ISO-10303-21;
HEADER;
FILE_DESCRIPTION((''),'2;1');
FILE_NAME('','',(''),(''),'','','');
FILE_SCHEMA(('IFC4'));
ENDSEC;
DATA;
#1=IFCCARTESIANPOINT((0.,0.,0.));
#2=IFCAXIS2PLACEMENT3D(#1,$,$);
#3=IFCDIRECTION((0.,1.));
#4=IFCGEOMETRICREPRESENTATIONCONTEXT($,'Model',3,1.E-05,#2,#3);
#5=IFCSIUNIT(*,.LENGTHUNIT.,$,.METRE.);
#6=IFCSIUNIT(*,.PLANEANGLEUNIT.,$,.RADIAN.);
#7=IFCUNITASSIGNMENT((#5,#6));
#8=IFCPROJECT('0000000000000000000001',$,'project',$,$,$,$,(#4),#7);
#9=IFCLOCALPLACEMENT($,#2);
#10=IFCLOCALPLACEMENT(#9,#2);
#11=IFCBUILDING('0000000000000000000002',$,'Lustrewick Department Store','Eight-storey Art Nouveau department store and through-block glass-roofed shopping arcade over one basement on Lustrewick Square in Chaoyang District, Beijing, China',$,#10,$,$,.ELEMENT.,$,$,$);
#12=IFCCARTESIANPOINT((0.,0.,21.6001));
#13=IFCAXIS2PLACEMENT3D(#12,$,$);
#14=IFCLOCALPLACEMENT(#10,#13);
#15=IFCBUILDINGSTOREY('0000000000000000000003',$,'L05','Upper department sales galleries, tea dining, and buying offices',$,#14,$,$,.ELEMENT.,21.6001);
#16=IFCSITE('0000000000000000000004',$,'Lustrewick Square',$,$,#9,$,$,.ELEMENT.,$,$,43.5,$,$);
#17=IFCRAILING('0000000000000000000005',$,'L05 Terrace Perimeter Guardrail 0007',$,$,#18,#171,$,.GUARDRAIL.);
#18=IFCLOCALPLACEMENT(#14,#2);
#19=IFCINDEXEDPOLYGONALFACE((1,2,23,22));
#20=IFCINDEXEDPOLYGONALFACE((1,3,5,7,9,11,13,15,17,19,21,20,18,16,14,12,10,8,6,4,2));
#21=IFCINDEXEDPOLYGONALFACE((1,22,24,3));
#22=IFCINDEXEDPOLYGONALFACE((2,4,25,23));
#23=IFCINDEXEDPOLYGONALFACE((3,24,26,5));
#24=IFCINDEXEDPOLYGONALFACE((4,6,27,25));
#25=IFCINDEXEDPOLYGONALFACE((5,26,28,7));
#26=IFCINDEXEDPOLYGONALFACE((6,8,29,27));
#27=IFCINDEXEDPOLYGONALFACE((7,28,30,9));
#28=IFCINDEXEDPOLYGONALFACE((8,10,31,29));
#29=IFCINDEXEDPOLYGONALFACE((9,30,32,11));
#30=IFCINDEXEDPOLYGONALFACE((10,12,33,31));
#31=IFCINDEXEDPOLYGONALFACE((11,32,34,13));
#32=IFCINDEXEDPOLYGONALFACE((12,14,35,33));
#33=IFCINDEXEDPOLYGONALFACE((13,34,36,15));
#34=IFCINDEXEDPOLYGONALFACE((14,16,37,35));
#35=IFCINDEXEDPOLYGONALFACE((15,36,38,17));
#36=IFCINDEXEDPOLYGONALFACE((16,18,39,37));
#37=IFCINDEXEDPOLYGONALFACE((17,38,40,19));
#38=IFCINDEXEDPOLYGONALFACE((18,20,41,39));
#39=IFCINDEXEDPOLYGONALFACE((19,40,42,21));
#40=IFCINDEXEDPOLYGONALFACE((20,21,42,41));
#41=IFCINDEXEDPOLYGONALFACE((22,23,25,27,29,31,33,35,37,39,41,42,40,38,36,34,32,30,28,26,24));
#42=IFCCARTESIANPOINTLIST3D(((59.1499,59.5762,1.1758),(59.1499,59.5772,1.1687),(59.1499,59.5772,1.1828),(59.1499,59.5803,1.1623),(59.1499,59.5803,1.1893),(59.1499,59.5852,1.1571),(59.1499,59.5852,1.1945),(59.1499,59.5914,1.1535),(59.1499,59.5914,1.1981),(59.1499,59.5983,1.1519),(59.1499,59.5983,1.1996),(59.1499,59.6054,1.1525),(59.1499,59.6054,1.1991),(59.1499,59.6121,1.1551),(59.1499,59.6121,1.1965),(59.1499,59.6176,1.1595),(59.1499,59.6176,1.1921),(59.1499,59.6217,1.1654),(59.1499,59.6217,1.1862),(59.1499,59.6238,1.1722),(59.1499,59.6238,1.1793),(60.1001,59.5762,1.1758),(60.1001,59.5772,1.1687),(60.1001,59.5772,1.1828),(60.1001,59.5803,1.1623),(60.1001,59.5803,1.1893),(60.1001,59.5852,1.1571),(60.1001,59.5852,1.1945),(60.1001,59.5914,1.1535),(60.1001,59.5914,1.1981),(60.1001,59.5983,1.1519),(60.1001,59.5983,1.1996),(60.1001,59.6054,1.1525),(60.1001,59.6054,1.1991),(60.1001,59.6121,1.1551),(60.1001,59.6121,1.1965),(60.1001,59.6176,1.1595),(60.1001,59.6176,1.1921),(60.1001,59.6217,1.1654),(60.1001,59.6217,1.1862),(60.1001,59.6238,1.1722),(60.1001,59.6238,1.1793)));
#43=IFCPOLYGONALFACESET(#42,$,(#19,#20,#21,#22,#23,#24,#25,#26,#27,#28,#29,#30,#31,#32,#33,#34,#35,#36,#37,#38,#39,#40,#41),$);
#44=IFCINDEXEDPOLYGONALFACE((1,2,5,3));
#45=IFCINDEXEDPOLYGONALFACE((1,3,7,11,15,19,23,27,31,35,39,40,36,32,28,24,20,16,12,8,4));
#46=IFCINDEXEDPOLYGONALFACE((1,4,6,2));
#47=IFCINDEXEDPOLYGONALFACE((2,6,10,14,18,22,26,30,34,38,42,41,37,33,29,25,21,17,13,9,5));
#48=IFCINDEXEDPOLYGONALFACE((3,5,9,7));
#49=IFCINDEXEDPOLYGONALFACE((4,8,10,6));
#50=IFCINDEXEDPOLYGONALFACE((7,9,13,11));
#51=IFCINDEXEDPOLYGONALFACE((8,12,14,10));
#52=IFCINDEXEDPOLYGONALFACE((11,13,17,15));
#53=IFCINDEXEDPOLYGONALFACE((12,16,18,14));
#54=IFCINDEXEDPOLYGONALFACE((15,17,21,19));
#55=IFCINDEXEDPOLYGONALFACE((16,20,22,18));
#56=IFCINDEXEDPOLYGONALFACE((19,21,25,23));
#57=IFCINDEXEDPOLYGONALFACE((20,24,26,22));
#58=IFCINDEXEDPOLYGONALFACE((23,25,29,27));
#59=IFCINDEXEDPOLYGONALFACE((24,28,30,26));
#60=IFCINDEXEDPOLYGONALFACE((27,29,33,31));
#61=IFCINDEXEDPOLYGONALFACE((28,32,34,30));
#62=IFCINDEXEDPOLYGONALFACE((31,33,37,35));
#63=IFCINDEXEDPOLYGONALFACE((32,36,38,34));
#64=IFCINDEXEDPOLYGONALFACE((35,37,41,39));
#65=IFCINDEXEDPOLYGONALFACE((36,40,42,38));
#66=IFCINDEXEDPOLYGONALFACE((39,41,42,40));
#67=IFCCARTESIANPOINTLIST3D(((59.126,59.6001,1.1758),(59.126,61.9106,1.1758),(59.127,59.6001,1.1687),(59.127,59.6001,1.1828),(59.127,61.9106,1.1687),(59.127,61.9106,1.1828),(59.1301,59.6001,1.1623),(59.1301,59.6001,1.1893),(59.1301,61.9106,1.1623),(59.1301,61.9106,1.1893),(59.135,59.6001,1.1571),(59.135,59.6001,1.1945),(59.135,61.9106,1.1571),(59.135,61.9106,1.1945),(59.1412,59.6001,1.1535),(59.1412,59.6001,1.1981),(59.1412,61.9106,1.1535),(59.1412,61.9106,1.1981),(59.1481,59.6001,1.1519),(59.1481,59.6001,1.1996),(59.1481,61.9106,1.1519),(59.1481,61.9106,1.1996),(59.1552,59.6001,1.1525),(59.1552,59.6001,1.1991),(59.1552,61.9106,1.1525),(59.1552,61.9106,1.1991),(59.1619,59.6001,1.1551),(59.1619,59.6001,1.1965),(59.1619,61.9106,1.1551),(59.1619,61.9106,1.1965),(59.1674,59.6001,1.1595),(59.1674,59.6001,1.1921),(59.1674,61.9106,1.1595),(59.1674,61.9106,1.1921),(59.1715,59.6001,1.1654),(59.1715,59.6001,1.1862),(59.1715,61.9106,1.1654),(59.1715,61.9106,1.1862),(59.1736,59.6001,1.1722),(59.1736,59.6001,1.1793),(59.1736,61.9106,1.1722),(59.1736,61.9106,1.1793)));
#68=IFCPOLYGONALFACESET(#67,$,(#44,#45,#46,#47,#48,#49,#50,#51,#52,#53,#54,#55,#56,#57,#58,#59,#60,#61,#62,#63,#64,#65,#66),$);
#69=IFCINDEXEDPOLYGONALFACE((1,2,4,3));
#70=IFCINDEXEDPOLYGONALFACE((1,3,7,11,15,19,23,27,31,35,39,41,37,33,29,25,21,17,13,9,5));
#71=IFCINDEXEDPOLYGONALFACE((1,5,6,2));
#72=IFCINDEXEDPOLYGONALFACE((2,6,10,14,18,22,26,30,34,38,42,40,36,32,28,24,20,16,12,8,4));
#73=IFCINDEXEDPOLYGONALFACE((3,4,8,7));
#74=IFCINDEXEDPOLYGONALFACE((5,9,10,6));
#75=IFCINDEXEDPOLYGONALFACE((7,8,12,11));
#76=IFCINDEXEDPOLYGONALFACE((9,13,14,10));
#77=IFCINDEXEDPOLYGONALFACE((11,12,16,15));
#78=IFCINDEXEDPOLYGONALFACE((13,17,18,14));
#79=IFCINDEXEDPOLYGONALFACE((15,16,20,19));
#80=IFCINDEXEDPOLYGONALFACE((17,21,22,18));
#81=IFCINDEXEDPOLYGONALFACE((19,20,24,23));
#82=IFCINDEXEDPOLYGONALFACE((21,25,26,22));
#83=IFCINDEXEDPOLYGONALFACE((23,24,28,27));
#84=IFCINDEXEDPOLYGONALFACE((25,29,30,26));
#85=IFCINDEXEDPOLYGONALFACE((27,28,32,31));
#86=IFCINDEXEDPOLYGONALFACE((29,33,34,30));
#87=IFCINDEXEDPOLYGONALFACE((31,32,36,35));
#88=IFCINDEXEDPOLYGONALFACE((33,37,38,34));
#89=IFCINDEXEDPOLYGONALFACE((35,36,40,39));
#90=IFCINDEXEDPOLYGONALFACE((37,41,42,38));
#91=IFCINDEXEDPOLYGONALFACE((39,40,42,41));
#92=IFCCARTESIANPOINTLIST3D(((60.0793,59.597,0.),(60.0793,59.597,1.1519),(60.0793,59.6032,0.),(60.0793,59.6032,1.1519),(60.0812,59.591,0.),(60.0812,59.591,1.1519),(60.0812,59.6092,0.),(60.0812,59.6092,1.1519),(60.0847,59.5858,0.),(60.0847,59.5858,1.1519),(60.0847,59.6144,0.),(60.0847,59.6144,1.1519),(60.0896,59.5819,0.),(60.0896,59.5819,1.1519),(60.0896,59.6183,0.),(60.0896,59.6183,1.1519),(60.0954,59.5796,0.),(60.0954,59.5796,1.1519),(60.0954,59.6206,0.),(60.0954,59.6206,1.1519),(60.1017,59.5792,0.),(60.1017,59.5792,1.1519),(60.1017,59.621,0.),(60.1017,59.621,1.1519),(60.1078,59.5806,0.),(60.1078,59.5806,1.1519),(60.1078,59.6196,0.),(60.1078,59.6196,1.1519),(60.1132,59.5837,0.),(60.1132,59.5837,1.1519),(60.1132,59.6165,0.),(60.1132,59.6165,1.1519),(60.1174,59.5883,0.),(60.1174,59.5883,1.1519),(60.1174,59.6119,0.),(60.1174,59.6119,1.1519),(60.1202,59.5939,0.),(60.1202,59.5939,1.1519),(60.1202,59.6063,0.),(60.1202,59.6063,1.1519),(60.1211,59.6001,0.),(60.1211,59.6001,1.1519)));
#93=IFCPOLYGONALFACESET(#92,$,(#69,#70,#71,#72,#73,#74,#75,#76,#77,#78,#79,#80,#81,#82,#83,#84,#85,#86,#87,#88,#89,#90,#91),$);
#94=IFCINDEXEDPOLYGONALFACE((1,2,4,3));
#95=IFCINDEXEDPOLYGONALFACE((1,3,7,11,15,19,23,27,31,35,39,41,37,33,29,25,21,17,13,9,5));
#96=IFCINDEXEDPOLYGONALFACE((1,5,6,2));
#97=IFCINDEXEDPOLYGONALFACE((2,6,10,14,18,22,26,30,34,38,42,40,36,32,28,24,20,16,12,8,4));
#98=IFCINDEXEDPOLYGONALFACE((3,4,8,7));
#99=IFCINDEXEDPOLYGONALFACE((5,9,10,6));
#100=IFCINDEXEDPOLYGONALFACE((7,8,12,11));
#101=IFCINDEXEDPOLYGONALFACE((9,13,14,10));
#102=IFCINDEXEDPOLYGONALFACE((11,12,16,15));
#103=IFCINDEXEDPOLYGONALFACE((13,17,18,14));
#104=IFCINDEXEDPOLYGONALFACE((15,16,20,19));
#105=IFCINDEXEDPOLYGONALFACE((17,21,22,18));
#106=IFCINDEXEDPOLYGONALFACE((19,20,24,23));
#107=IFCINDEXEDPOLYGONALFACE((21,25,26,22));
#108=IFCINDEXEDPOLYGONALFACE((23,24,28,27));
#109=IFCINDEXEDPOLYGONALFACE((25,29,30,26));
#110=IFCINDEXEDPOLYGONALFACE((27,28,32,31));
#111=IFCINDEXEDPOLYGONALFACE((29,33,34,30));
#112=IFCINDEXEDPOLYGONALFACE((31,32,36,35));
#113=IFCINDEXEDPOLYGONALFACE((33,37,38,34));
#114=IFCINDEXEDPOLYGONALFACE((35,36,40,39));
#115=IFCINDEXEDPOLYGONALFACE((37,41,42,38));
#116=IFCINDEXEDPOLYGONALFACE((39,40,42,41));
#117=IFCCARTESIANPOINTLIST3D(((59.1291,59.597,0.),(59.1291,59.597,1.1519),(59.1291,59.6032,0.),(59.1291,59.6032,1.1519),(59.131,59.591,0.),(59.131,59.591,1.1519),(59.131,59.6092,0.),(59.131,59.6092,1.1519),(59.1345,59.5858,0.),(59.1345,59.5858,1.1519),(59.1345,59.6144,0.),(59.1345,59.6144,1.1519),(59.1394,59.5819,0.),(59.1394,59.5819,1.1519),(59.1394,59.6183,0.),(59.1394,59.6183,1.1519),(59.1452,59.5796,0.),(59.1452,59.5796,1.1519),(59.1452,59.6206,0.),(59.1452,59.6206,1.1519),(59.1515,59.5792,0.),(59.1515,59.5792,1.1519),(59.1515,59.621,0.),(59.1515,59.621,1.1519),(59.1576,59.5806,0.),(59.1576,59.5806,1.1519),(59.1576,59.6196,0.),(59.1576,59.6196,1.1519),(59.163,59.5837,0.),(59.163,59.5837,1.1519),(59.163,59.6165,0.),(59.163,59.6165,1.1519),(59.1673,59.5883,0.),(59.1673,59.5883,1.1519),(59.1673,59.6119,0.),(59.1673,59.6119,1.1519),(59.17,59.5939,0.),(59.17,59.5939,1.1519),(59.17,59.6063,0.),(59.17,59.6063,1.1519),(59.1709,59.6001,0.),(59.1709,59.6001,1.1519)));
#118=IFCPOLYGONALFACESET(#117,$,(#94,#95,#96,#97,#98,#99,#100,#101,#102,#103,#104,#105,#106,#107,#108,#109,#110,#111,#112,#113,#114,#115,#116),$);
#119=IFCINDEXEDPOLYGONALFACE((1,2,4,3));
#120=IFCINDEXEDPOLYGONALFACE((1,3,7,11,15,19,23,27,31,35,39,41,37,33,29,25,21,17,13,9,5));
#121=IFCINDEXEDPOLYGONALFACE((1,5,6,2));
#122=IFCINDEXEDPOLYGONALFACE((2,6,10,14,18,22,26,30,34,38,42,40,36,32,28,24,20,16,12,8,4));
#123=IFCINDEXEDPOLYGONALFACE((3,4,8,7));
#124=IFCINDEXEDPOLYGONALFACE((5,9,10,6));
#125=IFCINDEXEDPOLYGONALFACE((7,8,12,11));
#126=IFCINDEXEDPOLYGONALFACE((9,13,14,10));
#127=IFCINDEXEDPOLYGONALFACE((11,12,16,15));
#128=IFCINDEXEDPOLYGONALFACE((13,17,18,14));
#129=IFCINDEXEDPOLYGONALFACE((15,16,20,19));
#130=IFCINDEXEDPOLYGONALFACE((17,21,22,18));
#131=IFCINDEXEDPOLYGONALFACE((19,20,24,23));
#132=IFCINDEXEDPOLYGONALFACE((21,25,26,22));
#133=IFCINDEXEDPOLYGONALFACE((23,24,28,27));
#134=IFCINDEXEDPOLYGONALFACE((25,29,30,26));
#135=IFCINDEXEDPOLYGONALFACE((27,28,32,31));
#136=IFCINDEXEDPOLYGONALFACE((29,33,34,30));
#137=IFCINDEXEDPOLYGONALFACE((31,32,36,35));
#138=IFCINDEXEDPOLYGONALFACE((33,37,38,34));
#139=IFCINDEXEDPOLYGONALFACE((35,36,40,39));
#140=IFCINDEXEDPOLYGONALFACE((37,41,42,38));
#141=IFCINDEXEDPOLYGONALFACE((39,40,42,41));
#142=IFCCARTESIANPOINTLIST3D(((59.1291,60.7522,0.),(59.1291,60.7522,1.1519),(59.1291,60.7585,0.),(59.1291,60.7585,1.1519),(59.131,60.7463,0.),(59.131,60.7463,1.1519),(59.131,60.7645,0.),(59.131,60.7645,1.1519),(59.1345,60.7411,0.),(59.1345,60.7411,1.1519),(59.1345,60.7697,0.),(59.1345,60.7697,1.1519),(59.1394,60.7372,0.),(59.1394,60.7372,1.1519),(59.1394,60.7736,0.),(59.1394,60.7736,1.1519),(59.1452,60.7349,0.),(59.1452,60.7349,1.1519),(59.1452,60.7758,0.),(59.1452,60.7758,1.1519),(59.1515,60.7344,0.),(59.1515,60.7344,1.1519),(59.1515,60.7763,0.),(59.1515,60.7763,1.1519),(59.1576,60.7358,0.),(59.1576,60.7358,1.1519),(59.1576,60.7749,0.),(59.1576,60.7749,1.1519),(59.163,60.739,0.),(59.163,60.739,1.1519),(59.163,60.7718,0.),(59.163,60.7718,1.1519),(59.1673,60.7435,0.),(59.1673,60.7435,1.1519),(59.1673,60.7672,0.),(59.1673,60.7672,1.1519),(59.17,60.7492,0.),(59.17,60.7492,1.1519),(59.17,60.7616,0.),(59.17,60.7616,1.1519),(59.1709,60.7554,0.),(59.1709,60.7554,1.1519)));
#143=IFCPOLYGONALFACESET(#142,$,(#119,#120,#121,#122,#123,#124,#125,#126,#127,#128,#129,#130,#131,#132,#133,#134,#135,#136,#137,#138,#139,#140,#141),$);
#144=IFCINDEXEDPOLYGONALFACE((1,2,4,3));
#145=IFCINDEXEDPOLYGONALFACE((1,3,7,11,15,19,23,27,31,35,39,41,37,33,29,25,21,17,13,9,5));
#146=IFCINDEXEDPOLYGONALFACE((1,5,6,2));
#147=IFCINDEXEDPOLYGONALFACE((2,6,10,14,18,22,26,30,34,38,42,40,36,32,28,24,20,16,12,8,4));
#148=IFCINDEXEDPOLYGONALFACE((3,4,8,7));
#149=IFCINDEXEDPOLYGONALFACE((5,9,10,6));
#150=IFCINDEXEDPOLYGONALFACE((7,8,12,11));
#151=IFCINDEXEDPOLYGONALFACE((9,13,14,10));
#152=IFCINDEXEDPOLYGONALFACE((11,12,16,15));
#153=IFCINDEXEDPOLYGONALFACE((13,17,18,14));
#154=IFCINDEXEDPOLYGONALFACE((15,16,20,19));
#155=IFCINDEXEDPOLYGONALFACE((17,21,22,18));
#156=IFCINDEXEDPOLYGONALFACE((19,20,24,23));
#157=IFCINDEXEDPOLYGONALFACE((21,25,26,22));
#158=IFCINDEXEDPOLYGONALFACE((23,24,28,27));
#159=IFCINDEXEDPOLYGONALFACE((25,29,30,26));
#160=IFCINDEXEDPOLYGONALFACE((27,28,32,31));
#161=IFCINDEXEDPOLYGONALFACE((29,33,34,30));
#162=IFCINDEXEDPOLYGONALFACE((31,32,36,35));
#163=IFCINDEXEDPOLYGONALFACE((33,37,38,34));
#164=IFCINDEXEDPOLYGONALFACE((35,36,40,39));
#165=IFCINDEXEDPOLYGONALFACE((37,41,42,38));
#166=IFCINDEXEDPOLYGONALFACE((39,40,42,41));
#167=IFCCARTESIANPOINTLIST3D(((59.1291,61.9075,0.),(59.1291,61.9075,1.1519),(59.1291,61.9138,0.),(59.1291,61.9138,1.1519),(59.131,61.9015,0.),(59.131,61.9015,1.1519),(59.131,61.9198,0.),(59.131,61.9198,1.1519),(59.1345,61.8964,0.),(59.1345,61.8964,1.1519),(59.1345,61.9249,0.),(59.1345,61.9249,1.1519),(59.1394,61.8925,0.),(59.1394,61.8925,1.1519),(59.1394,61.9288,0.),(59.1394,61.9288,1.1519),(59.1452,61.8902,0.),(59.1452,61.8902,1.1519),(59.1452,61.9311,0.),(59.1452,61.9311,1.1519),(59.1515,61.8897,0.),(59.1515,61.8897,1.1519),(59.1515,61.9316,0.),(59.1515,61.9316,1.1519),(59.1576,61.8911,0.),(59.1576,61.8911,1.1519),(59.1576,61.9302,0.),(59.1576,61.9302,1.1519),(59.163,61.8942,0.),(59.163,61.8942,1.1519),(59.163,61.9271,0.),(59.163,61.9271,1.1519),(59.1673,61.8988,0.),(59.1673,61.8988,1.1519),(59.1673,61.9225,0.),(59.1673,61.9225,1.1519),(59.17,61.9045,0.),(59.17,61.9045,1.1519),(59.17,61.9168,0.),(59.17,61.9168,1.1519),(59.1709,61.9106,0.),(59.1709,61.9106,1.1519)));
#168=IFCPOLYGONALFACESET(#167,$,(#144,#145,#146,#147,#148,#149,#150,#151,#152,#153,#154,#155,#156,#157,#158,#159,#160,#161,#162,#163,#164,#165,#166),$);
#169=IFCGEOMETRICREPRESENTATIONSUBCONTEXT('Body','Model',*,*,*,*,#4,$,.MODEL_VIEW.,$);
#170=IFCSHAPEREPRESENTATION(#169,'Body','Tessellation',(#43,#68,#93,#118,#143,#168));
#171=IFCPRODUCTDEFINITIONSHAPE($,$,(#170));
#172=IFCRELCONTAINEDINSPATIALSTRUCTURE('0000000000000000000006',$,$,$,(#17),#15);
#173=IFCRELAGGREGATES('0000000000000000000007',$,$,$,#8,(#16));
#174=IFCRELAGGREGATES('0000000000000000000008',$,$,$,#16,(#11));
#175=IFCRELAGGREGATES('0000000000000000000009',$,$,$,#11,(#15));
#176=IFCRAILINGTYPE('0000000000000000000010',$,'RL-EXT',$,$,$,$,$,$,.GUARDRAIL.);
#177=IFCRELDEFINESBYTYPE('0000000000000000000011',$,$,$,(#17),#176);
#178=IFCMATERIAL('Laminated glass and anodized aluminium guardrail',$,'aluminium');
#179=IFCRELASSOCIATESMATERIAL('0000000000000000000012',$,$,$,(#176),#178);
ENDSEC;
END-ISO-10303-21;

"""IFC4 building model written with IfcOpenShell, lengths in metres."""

from ifc_helpers import new_model, si_unit, direction, frame, origin, origin_2d, place, context, subcontext, project, spatial, circle, extrude, material, type_object, element, save


model = new_model("IFC4")

# Units and contexts
model_context = context("Model", 3, precision=1e-05, world=origin(), true_north=direction((0.0, 1.0)))
body_context = subcontext(model_context, "Body", "Model", "MODEL_VIEW")
ifc_project = project(units=[si_unit("LENGTHUNIT", "METRE"), si_unit("PLANEANGLEUNIT", "RADIAN")], contexts=[model_context])

# Site, building, storey
site_placement = place(None, origin())
site = spatial("IfcSite", under=ifc_project, at=site_placement, Name="Lustrewick Square", CompositionType="ELEMENT", RefElevation=43.5)
building_placement = place(site_placement, origin())
building = spatial("IfcBuilding", under=site, at=building_placement, Name="Lustrewick Department Store", Description="Eight-storey Art Nouveau department store and through-block glass-roofed shopping arcade over one basement on Lustrewick Square in Chaoyang District, Beijing, China", CompositionType="ELEMENT")
storey_placement = place(building_placement, frame((0.0, 0.0, 21.6001)))
storey = spatial("IfcBuildingStorey", under=building, at=storey_placement, Name="L05", Description="Upper department sales galleries, tea dining, and buying offices", CompositionType="ELEMENT", Elevation=21.6001)

# Railing
ifc_material_1 = material(Name="Laminated glass and anodized aluminium guardrail", Category="aluminium")
railing_type_1 = type_object("IfcRailingType", Name="RL-EXT", PredefinedType="GUARDRAIL", material=ifc_material_1)
railing_1_placement = place(storey_placement, frame((60.1001, 59.6001, 0.0)))
element("IfcRailing", 1, at=railing_1_placement, inside=storey, type_object=railing_type_1, Name="L05 Terrace Perimeter Guardrail 0007", PredefinedType="GUARDRAIL", context=body_context, shape_type="SweptSolid", body=[
    extrude(circle(Radius=0.0239, at=origin_2d()), frame((0.0, 0.0, 1.1758), z_axis=(-1.0, 0.0, 0.0), x_axis=(0.0, -1.0, 0.0)), (0.0, 0.0, 1.0), 0.9502),
    extrude(circle(Radius=0.0239, at=origin_2d()), frame((-0.9502, 0.0, 1.1758), z_axis=(0.0, 1.0, 0.0), x_axis=(-1.0, 0.0, 0.0)), (0.0, 0.0, 1.0), 2.3105),
    extrude(circle(Radius=0.021, at=origin_2d()), origin(), (0.0, 0.0, 1.0), 1.1519),
    extrude(circle(Radius=0.021, at=origin_2d()), frame((-0.9502, 0.0, 0.0)), (0.0, 0.0, 1.0), 1.1519),
    extrude(circle(Radius=0.021, at=origin_2d()), frame((-0.9502, 1.1553, 0.0)), (0.0, 0.0, 1.0), 1.1519),
    extrude(circle(Radius=0.021, at=origin_2d()), frame((-0.9502, 2.3105, 0.0)), (0.0, 0.0, 1.0), 1.1519),
])

save(model, "model.ifc")
